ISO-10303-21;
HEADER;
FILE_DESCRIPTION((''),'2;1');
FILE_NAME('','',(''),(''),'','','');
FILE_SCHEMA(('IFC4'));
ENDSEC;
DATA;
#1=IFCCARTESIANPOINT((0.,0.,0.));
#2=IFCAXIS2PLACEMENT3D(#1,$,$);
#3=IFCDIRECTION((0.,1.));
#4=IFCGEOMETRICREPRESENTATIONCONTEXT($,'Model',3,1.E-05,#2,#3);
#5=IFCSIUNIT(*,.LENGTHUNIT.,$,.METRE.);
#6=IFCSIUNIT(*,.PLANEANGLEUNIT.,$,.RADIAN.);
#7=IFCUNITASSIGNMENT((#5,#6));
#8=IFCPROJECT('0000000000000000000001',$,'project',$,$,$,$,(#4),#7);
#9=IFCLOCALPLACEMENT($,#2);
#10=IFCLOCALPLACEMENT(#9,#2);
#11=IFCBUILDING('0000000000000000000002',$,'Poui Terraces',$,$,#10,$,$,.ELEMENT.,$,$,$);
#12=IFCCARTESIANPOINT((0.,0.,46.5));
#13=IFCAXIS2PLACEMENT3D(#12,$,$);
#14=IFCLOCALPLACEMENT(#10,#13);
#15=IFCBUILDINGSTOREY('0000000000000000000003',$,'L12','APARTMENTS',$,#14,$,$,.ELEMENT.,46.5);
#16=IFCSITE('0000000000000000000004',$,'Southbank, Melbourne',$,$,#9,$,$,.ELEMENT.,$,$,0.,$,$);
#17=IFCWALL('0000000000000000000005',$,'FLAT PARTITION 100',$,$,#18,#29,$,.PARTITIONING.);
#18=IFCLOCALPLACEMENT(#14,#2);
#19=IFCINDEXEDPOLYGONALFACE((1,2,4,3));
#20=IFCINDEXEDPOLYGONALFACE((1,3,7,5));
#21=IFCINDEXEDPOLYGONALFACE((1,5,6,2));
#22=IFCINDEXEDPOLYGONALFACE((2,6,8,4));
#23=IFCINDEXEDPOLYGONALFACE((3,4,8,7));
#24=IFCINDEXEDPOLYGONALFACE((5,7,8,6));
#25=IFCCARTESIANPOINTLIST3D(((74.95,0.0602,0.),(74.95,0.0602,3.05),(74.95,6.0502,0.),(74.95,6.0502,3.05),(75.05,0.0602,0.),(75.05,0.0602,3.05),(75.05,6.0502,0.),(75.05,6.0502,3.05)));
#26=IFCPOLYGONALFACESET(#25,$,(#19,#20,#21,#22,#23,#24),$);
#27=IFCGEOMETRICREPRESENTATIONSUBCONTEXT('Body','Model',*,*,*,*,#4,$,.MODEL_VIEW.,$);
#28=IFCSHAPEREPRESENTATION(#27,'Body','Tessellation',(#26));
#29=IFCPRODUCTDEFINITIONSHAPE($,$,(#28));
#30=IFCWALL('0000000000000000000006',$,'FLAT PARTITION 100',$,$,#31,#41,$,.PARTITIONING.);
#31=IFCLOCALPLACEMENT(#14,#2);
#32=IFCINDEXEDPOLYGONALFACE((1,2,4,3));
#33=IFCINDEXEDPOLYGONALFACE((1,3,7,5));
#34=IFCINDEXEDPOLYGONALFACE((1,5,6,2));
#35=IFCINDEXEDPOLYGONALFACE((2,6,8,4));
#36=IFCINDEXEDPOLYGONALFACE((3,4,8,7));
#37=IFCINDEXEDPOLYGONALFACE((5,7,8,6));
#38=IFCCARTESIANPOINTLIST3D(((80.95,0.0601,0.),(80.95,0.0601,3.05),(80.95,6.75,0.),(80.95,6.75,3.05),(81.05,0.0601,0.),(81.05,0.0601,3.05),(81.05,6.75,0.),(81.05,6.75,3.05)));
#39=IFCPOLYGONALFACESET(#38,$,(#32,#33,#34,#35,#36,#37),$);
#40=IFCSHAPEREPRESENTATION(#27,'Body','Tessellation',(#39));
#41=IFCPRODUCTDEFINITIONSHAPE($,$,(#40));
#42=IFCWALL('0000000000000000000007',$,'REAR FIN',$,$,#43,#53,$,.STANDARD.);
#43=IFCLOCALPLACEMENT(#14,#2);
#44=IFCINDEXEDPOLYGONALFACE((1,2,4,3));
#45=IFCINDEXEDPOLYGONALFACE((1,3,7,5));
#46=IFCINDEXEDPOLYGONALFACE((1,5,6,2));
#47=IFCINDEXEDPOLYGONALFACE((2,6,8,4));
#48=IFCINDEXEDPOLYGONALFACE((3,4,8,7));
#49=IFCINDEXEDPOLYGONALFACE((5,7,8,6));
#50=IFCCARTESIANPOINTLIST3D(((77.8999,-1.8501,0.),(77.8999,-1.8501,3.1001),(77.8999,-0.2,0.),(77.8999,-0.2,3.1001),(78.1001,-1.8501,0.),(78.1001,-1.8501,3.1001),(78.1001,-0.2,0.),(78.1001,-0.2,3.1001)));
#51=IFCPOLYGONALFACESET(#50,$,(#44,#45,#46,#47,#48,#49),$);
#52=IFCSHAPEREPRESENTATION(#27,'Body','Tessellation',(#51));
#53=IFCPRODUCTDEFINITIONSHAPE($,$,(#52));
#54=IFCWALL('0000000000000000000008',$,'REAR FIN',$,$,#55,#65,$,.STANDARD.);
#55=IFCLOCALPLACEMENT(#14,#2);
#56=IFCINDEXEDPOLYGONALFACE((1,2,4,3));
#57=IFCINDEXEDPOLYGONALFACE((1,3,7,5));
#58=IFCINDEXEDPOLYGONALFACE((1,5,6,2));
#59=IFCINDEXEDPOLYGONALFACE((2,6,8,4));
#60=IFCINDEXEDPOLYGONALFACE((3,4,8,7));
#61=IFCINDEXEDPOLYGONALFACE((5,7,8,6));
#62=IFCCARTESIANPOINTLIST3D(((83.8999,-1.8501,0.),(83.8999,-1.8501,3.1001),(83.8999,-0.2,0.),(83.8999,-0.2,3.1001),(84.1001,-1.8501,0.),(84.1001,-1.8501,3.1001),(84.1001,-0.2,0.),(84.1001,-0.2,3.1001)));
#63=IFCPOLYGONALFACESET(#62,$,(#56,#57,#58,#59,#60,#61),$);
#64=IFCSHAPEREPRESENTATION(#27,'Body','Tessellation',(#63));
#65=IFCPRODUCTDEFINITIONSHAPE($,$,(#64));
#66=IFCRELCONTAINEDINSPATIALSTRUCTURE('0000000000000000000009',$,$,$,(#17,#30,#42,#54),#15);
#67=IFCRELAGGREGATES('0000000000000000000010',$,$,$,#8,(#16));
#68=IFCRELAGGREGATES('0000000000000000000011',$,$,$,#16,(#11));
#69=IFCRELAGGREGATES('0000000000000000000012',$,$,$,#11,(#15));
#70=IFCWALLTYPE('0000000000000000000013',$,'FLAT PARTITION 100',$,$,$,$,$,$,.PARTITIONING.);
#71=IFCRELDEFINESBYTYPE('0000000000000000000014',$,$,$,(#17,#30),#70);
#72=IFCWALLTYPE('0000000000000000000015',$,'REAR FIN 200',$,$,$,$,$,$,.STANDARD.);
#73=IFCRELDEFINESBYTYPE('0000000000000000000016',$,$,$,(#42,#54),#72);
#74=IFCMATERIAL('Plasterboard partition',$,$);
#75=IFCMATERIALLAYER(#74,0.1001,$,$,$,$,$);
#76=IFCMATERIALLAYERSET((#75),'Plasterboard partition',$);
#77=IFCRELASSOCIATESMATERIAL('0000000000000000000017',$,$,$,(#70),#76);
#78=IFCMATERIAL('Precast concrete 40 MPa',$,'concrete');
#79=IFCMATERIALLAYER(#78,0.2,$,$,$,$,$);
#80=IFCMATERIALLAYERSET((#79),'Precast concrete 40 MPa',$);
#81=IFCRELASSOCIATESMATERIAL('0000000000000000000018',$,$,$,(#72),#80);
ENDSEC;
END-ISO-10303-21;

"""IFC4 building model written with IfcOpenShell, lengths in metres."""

from ifc_helpers import new_model, si_unit, direction, frame, frame_2d, origin, place, context, subcontext, project, spatial, polyline, rectangle, outline, extrude, source, transform, mapped, material, layer, layer_set, type_object, element, save


model = new_model("IFC4")

# Units and contexts
model_context = context("Model", 3, precision=1e-05, world=origin(), true_north=direction((0.0, 1.0)))
body_context = subcontext(model_context, "Body", "Model", "MODEL_VIEW")
ifc_project = project(units=[si_unit("LENGTHUNIT", "METRE"), si_unit("PLANEANGLEUNIT", "RADIAN")], contexts=[model_context])

# Site, building, storey
site_placement = place(None, origin())
site = spatial("IfcSite", under=ifc_project, at=site_placement, Name="Southbank, Melbourne", CompositionType="ELEMENT", RefElevation=0.0)
building_placement = place(site_placement, origin())
building = spatial("IfcBuilding", under=site, at=building_placement, Name="Poui Terraces", CompositionType="ELEMENT")
storey_placement = place(building_placement, frame((0.0, 0.0, 46.5)))
storey = spatial("IfcBuildingStorey", under=building, at=storey_placement, Name="L12", Description="APARTMENTS", CompositionType="ELEMENT", Elevation=46.5)

# Shared definitions
ifc_material_1 = material(Name="Precast concrete 40 MPa", Category="concrete")

# Shared definitions
ifc_material_2 = material(Name="Plasterboard partition")
ifc_layer_1 = layer(ifc_material_2, 0.1001)
ifc_layer_set_1 = layer_set([ifc_layer_1], Name="Plasterboard partition")
wall_type_1 = type_object("IfcWallType", Name="FLAT PARTITION 100", PredefinedType="PARTITIONING", material=ifc_layer_set_1)

# Walls
wall_1_placement = place(storey_placement, frame((75.0, 0.0601, 0.0), z_axis=(0.0, 0.0, 1.0), x_axis=(0.0, 1.0, 0.0)))
element("IfcWall", 1, at=wall_1_placement, inside=storey, type_object=wall_type_1, Name="FLAT PARTITION 100", PredefinedType="PARTITIONING", context=body_context, shape_type="SweptSolid", body=[
    extrude(rectangle(XDim=5.99, YDim=0.1001, at=frame_2d((2.9951, 0.0))), origin(), (0.0, 0.0, 1.0), 3.05),
])
wall_2_placement = place(storey_placement, frame((81.0, 0.0601, 0.0), z_axis=(0.0, 0.0, 1.0), x_axis=(0.0, 1.0, 0.0)))
element("IfcWall", 2, at=wall_2_placement, inside=storey, type_object=wall_type_1, Name="FLAT PARTITION 100", PredefinedType="PARTITIONING", context=body_context, shape_type="SweptSolid", body=[
    extrude(rectangle(XDim=6.6899, YDim=0.1001, at=frame_2d((3.345, 0.0))), origin(), (0.0, 0.0, 1.0), 3.05),
])
ifc_layer_2 = layer(ifc_material_1, 0.2)
ifc_layer_set_2 = layer_set([ifc_layer_2], Name="Precast concrete 40 MPa")
wall_type_2 = type_object("IfcWallType", Name="REAR FIN 200", PredefinedType="STANDARD", material=ifc_layer_set_2)
shared_shape_1 = source(origin(), body_context, "Body", "SweptSolid", [
    extrude(outline(polyline([(0.0, 0.0), (0.2002, 0.0), (0.2002, 1.6501), (0.0, 1.6501), (0.0, 0.0)])), origin(), (0.0, 0.0, 1.0), 3.1001),
])
for number, where, name in (
    (3, (77.8999, -1.8501, 0.0), "REAR FIN"),
    (4, (83.8999, -1.8501, 0.0), "REAR FIN"),
):
    element("IfcWall", number, at=place(storey_placement, frame(where)), inside=storey, type_object=wall_type_2, Name=name, PredefinedType="STANDARD", context=body_context, shape_type="MappedRepresentation", body=[
        mapped(shared_shape_1, transform((0.0, 0.0, 0.0))),
    ])

save(model, "model.ifc")
